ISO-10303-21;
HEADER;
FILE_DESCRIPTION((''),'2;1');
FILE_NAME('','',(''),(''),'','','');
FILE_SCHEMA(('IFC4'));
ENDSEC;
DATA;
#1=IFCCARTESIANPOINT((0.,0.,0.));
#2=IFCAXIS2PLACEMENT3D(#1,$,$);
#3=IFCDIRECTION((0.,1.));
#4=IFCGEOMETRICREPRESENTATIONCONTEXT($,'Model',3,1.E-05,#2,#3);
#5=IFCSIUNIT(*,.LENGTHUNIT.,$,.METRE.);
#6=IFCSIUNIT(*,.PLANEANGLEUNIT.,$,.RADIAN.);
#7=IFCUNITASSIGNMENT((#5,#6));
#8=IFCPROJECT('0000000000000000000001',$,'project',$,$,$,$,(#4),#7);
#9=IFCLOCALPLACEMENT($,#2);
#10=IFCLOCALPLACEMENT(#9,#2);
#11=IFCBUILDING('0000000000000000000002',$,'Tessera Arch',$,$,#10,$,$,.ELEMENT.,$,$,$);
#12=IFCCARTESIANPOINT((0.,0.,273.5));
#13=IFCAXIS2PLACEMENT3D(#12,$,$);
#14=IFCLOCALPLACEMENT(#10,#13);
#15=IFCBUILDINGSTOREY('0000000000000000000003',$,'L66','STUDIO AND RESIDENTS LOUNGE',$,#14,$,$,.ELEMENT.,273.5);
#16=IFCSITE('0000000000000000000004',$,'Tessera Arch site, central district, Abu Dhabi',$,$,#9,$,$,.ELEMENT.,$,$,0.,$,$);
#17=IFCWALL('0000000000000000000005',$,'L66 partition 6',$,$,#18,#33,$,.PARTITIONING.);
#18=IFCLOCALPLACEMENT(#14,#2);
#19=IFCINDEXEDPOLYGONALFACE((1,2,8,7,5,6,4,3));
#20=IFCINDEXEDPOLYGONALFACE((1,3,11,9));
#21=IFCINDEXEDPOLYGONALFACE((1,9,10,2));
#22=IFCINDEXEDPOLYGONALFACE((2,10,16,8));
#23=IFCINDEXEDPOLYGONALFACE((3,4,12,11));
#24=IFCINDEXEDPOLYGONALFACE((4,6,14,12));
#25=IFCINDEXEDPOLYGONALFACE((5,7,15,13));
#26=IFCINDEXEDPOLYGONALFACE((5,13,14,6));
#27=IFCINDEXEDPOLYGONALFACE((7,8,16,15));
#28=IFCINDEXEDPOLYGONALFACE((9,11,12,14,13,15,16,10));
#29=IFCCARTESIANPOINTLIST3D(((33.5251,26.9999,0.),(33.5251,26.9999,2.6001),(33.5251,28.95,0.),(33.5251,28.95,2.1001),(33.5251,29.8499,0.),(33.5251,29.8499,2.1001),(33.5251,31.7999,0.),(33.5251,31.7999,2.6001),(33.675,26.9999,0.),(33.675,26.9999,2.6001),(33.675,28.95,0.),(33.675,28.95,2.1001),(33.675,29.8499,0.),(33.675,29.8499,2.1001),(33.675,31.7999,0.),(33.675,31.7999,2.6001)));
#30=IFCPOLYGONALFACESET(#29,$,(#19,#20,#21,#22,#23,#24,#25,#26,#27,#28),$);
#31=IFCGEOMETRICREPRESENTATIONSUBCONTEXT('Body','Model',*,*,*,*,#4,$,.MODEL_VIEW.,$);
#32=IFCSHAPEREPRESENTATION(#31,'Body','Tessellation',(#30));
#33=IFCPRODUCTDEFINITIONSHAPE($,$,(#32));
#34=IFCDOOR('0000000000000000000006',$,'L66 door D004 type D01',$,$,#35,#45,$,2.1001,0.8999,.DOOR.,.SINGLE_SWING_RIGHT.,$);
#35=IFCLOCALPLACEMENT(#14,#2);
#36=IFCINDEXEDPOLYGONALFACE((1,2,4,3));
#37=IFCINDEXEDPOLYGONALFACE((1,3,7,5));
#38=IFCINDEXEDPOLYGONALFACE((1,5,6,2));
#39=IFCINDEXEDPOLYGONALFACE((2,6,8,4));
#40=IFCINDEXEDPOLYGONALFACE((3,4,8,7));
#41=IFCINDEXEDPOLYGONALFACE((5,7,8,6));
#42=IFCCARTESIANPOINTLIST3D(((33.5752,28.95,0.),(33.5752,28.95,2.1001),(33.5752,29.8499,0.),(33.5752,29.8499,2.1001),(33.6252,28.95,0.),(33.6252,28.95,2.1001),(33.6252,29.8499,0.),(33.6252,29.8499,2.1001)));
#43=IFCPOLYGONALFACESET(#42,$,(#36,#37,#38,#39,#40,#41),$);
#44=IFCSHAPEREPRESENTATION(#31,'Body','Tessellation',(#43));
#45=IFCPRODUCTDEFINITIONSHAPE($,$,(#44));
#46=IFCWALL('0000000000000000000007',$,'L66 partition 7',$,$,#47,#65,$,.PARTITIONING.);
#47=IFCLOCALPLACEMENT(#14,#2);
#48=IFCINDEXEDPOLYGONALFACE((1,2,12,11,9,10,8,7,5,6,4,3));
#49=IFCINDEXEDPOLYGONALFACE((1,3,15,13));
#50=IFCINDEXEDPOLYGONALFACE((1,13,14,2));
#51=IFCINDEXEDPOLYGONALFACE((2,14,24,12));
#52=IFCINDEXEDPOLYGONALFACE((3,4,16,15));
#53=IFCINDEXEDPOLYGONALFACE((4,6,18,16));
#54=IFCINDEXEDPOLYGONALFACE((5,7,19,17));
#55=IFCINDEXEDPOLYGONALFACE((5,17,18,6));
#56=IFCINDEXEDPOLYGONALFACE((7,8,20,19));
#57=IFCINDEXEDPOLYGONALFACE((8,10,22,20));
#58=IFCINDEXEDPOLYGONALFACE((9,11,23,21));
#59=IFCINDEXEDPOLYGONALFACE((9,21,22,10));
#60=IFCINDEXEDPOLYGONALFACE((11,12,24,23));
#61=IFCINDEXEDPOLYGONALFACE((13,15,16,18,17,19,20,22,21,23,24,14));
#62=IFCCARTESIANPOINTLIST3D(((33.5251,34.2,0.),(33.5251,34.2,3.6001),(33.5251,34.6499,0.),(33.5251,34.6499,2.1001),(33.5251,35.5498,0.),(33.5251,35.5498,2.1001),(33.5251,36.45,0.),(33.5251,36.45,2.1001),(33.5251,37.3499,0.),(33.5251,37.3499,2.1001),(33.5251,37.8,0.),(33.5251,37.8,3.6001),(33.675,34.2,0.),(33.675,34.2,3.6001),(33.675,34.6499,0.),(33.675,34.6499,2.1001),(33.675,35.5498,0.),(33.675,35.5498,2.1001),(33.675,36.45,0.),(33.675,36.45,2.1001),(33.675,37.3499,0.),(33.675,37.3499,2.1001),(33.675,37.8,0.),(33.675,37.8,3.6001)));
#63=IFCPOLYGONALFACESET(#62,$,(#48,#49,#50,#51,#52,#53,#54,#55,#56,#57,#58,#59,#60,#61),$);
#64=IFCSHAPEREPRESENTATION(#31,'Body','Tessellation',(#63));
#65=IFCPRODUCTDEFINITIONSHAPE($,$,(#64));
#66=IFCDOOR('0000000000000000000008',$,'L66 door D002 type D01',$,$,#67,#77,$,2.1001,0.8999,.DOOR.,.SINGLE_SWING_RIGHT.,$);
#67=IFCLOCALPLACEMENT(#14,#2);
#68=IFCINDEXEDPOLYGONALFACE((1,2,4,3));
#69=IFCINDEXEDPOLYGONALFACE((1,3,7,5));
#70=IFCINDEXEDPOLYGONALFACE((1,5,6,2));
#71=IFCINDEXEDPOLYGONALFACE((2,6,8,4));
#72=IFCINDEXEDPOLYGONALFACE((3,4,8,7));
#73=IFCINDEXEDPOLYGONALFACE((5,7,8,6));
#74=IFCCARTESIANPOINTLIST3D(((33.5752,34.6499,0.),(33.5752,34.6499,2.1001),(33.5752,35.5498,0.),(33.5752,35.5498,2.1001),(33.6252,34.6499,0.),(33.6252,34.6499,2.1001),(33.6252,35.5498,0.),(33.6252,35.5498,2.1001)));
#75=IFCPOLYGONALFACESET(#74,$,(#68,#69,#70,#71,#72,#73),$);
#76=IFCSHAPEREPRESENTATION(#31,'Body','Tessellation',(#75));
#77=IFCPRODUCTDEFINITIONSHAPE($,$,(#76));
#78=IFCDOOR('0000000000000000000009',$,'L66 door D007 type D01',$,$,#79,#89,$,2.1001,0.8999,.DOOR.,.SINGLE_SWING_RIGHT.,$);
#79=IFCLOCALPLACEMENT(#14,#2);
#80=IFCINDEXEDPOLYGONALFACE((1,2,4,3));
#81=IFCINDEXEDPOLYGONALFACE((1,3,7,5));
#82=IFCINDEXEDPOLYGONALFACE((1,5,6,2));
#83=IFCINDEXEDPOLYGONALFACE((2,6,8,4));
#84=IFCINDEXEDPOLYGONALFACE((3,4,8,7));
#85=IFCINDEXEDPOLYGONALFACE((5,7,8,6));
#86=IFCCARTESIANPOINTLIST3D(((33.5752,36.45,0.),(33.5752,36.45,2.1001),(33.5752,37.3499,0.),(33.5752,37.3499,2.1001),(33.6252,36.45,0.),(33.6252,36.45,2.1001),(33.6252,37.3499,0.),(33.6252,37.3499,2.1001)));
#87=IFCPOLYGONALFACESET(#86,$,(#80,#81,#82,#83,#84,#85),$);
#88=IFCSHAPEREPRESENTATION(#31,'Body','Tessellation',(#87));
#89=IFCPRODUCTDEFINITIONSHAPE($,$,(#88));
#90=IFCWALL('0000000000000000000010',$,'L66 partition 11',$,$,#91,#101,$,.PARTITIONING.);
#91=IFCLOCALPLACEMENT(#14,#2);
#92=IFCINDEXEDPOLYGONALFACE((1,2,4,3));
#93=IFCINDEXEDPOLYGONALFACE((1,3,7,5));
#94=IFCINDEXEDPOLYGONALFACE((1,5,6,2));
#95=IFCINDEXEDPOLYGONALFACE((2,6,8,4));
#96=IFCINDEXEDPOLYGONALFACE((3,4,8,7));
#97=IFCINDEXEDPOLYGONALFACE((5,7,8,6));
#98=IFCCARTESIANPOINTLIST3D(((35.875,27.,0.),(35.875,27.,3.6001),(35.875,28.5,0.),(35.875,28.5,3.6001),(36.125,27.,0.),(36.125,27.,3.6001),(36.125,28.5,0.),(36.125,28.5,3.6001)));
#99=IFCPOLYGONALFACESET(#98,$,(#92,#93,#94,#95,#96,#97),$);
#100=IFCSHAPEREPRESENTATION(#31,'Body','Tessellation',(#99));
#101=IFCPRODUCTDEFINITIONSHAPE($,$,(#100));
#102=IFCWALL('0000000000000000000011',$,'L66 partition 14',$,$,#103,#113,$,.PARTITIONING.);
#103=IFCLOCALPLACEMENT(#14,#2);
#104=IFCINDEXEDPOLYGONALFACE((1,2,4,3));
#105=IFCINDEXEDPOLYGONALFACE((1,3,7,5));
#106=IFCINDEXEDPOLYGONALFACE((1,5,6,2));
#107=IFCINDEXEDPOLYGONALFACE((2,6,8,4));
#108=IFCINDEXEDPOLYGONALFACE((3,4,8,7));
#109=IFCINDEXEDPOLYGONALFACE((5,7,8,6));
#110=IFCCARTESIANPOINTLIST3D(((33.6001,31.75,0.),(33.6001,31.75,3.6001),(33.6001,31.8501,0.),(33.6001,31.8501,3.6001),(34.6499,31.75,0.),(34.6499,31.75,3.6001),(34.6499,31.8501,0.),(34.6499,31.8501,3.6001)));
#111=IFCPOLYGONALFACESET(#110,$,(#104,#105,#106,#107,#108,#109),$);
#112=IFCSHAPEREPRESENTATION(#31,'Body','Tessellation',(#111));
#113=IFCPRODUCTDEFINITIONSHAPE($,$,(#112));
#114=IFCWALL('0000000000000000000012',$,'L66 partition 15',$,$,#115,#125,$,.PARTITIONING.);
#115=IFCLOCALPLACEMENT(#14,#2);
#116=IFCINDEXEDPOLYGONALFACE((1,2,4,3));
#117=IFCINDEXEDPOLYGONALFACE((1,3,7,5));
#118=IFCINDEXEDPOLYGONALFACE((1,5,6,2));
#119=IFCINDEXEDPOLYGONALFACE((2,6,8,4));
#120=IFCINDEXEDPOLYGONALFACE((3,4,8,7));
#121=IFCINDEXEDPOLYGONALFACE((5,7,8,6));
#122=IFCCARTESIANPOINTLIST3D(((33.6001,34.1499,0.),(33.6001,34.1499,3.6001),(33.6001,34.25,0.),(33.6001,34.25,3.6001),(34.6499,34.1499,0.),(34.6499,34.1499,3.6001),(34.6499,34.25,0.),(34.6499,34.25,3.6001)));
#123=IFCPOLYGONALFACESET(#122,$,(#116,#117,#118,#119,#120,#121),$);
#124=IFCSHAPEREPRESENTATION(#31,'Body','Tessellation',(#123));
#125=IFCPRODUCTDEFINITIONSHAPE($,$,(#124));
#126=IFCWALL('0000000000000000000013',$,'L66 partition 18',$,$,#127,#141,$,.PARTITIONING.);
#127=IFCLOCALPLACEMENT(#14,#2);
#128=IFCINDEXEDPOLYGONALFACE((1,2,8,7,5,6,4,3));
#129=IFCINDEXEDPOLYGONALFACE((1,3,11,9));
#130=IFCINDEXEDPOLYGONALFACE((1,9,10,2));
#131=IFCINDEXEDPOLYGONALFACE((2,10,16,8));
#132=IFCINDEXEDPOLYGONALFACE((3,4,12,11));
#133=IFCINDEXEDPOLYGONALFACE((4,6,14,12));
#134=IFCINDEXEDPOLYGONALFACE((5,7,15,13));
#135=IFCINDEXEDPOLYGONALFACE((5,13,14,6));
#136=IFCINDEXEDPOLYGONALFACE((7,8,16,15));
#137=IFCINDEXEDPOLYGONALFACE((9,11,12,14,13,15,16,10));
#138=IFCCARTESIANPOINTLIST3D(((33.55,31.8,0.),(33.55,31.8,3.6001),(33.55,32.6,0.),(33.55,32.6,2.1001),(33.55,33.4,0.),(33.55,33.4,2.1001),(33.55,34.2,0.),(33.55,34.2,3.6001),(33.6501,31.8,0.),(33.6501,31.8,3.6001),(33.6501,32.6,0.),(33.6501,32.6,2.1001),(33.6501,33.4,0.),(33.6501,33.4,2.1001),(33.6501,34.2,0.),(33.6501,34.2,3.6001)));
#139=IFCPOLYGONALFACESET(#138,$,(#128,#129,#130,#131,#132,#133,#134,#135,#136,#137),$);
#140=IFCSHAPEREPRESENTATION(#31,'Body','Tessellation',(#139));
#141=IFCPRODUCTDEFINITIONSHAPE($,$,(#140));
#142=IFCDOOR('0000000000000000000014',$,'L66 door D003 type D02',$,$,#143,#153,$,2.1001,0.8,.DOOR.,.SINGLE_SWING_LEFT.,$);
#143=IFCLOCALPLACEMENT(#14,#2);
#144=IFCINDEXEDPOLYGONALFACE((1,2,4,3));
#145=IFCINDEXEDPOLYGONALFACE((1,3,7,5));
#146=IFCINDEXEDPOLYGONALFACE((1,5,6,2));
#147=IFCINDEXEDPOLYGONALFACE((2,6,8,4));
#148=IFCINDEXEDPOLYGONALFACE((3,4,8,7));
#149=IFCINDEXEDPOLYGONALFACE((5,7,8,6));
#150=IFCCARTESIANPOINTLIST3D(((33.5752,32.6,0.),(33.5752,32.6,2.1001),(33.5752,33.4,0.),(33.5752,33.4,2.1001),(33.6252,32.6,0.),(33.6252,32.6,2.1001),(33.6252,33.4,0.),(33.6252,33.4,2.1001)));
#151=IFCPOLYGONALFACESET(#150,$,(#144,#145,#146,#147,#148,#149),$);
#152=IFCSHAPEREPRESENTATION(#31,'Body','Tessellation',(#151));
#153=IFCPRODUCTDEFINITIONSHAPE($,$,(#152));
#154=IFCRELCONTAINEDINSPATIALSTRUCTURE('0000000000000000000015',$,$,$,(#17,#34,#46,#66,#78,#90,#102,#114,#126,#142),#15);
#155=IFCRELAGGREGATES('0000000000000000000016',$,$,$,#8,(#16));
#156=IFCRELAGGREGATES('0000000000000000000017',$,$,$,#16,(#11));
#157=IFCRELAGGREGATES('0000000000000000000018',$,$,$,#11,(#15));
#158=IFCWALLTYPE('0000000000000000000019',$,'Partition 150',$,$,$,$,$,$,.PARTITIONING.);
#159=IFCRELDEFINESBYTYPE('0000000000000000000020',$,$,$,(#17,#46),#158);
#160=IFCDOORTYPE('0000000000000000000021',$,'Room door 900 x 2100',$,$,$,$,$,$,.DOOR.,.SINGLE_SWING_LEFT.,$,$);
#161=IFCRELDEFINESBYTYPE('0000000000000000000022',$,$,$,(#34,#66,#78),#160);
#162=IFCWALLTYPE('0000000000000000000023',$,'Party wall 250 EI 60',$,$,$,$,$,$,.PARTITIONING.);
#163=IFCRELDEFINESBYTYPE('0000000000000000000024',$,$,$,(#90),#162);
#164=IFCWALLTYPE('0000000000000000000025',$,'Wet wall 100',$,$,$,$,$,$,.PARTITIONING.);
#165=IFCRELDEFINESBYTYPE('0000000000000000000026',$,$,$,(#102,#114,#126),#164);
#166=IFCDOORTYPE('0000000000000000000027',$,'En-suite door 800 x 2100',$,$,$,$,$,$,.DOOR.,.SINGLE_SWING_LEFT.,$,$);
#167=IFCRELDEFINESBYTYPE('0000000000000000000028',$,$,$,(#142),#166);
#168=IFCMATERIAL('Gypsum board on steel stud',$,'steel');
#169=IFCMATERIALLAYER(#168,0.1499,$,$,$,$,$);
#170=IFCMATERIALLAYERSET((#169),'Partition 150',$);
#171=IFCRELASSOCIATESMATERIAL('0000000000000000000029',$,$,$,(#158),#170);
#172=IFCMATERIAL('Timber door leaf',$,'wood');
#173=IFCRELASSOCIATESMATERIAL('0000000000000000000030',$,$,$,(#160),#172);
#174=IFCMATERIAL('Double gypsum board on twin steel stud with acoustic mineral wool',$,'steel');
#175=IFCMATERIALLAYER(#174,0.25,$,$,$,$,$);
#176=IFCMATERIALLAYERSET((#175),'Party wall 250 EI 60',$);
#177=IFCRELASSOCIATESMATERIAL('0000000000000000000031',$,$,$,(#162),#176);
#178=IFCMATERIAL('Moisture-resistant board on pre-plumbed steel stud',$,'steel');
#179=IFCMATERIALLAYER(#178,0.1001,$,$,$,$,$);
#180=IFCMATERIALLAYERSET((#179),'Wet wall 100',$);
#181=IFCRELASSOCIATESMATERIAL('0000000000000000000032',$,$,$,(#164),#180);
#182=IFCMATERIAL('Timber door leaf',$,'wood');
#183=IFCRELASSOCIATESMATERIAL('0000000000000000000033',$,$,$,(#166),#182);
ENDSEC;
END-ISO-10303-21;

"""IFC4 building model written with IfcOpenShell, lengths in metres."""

from ifc_helpers import new_model, si_unit, direction, frame, frame_2d, origin, place, context, subcontext, project, spatial, rectangle, extrude, material, layer, layer_set, type_object, element, fill, save


model = new_model("IFC4")

# Units and contexts
model_context = context("Model", 3, precision=1e-05, world=origin(), true_north=direction((0.0, 1.0)))
body_context = subcontext(model_context, "Body", "Model", "MODEL_VIEW")
ifc_project = project(units=[si_unit("LENGTHUNIT", "METRE"), si_unit("PLANEANGLEUNIT", "RADIAN")], contexts=[model_context])

# Site, building, storey
site_placement = place(None, origin())
site = spatial("IfcSite", under=ifc_project, at=site_placement, Name="Tessera Arch site, central district, Abu Dhabi", CompositionType="ELEMENT", RefElevation=0.0)
building_placement = place(site_placement, origin())
building = spatial("IfcBuilding", under=site, at=building_placement, Name="Tessera Arch", CompositionType="ELEMENT")
storey_placement = place(building_placement, frame((0.0, 0.0, 273.5)))
storey = spatial("IfcBuildingStorey", under=building, at=storey_placement, Name="L66", Description="STUDIO AND RESIDENTS LOUNGE", CompositionType="ELEMENT", Elevation=273.5)

# Wall, opening, door
ifc_material_1 = material(Name="Gypsum board on steel stud", Category="steel")
ifc_layer_1 = layer(ifc_material_1, 0.1499)
ifc_layer_set_1 = layer_set([ifc_layer_1], Name="Partition 150")
wall_type_1 = type_object("IfcWallType", Name="Partition 150", PredefinedType="PARTITIONING", material=ifc_layer_set_1)
wall_1_placement = place(storey_placement, frame((33.6001, 27.0, 0.0), z_axis=(0.0, 0.0, 1.0), x_axis=(0.0, 1.0, 0.0)))
wall_1 = element("IfcWall", 1, at=wall_1_placement, inside=storey, type_object=wall_type_1, Name="L66 partition 6", PredefinedType="PARTITIONING", context=body_context, shape_type="SweptSolid", body=[
    extrude(rectangle(XDim=4.8, YDim=0.1499, at=frame_2d((2.3999, 0.0))), origin(), (0.0, 0.0, 1.0), 2.6001),
])
opening_1_placement = place(wall_1_placement, frame((1.95, 0.0, 0.0)))
opening_1 = element("IfcOpeningElement", 2, at=opening_1_placement, cuts=wall_1, PredefinedType="OPENING", context=body_context, shape_type="SweptSolid", body=[
    extrude(rectangle(XDim=0.8999, YDim=2.1001, at=frame_2d((0.45, 1.05))), frame((0.0, 0.085, 0.0), z_axis=(0.0, -1.0, 0.0), x_axis=(1.0, 0.0, 0.0)), (0.0, 0.0, 1.0), 0.1699),
])
ifc_material_2 = material(Name="Timber door leaf", Category="wood")
door_type_1 = type_object("IfcDoorType", Name="Room door 900 x 2100", OperationType="SINGLE_SWING_LEFT", PredefinedType="DOOR", material=ifc_material_2)
door_1_placement = place(opening_1_placement, origin())
door_1 = element("IfcDoor", 3, at=door_1_placement, inside=storey, type_object=door_type_1, Name="L66 door D004 type D01", OperationType="SINGLE_SWING_RIGHT", OverallHeight=2.1001, OverallWidth=0.8999, PredefinedType="DOOR", context=body_context, shape_type="SweptSolid", body=[
    extrude(rectangle(XDim=0.8999, YDim=2.1001, at=frame_2d((0.45, 1.05))), frame((0.0, 0.0249, 0.0), z_axis=(0.0, -1.0, 0.0), x_axis=(1.0, 0.0, 0.0)), (0.0, 0.0, 1.0), 0.05),
])
fill(opening_1, door_1)

# Wall, openings, doors
wall_2_placement = place(storey_placement, frame((33.6001, 34.2, 0.0), z_axis=(0.0, 0.0, 1.0), x_axis=(0.0, 1.0, 0.0)))
wall_2 = element("IfcWall", 4, at=wall_2_placement, inside=storey, type_object=wall_type_1, Name="L66 partition 7", PredefinedType="PARTITIONING", context=body_context, shape_type="SweptSolid", body=[
    extrude(rectangle(XDim=3.6001, YDim=0.1499, at=frame_2d((1.8, 0.0))), origin(), (0.0, 0.0, 1.0), 3.6001),
])
opening_2_placement = place(wall_2_placement, frame((0.45, 0.0, 0.0)))
opening_2 = element("IfcOpeningElement", 5, at=opening_2_placement, cuts=wall_2, PredefinedType="OPENING", context=body_context, shape_type="SweptSolid", body=[
    extrude(rectangle(XDim=0.8999, YDim=2.1001, at=frame_2d((0.45, 1.05))), frame((0.0, 0.085, 0.0), z_axis=(0.0, -1.0, 0.0), x_axis=(1.0, 0.0, 0.0)), (0.0, 0.0, 1.0), 0.1699),
])
opening_3_placement = place(wall_2_placement, frame((2.25, 0.0, 0.0)))
opening_3 = element("IfcOpeningElement", 6, at=opening_3_placement, cuts=wall_2, PredefinedType="OPENING", context=body_context, shape_type="SweptSolid", body=[
    extrude(rectangle(XDim=0.8999, YDim=2.1001, at=frame_2d((0.45, 1.05))), frame((0.0, 0.085, 0.0), z_axis=(0.0, -1.0, 0.0), x_axis=(1.0, 0.0, 0.0)), (0.0, 0.0, 1.0), 0.1699),
])
door_2_placement = place(opening_2_placement, origin())
door_2 = element("IfcDoor", 7, at=door_2_placement, inside=storey, type_object=door_type_1, Name="L66 door D002 type D01", OperationType="SINGLE_SWING_RIGHT", OverallHeight=2.1001, OverallWidth=0.8999, PredefinedType="DOOR", context=body_context, shape_type="SweptSolid", body=[
    extrude(rectangle(XDim=0.8999, YDim=2.1001, at=frame_2d((0.45, 1.05))), frame((0.0, 0.0249, 0.0), z_axis=(0.0, -1.0, 0.0), x_axis=(1.0, 0.0, 0.0)), (0.0, 0.0, 1.0), 0.05),
])
fill(opening_2, door_2)
door_3_placement = place(opening_3_placement, origin())
door_3 = element("IfcDoor", 8, at=door_3_placement, inside=storey, type_object=door_type_1, Name="L66 door D007 type D01", OperationType="SINGLE_SWING_RIGHT", OverallHeight=2.1001, OverallWidth=0.8999, PredefinedType="DOOR", context=body_context, shape_type="SweptSolid", body=[
    extrude(rectangle(XDim=0.8999, YDim=2.1001, at=frame_2d((0.45, 1.05))), frame((0.0, 0.0249, 0.0), z_axis=(0.0, -1.0, 0.0), x_axis=(1.0, 0.0, 0.0)), (0.0, 0.0, 1.0), 0.05),
])
fill(opening_3, door_3)

# Walls
ifc_material_3 = material(Name="Double gypsum board on twin steel stud with acoustic mineral wool", Category="steel")
ifc_layer_2 = layer(ifc_material_3, 0.25)
ifc_layer_set_2 = layer_set([ifc_layer_2], Name="Party wall 250 EI 60")
wall_type_2 = type_object("IfcWallType", Name="Party wall 250 EI 60", PredefinedType="PARTITIONING", material=ifc_layer_set_2)
wall_3_placement = place(storey_placement, frame((36.0, 27.0, 0.0), z_axis=(0.0, 0.0, 1.0), x_axis=(0.0, 1.0, 0.0)))
element("IfcWall", 9, at=wall_3_placement, inside=storey, type_object=wall_type_2, Name="L66 partition 11", PredefinedType="PARTITIONING", context=body_context, shape_type="SweptSolid", body=[
    extrude(rectangle(XDim=1.5, YDim=0.25, at=frame_2d((0.75, 0.0))), origin(), (0.0, 0.0, 1.0), 3.6001),
])
ifc_material_4 = material(Name="Moisture-resistant board on pre-plumbed steel stud", Category="steel")
ifc_layer_3 = layer(ifc_material_4, 0.1001)
ifc_layer_set_3 = layer_set([ifc_layer_3], Name="Wet wall 100")
wall_type_3 = type_object("IfcWallType", Name="Wet wall 100", PredefinedType="PARTITIONING", material=ifc_layer_set_3)
for number, where, z_axis, x_axis, name in (
    (10, (33.6001, 31.8, 0.0), (0.0, 0.0, 1.0), (1.0, 0.0, 0.0), "L66 partition 14"),
    (11, (33.6001, 34.2, 0.0), (0.0, 0.0, 1.0), (1.0, 0.0, 0.0), "L66 partition 15"),
):
    element("IfcWall", number, at=place(storey_placement, frame(where, z_axis=z_axis, x_axis=x_axis)), inside=storey, type_object=wall_type_3, Name=name, PredefinedType="PARTITIONING", context=body_context, shape_type="SweptSolid", body=[
        extrude(rectangle(XDim=1.0498, YDim=0.1001, at=frame_2d((0.5249, 0.0))), origin(), (0.0, 0.0, 1.0), 3.6001),
    ])

# Wall, opening, door
wall_4_placement = place(storey_placement, frame((33.6001, 31.8, 0.0), z_axis=(0.0, 0.0, 1.0), x_axis=(0.0, 1.0, 0.0)))
wall_4 = element("IfcWall", 12, at=wall_4_placement, inside=storey, type_object=wall_type_3, Name="L66 partition 18", PredefinedType="PARTITIONING", context=body_context, shape_type="SweptSolid", body=[
    extrude(rectangle(XDim=2.3999, YDim=0.1001, at=frame_2d((1.2, 0.0))), origin(), (0.0, 0.0, 1.0), 3.6001),
])
opening_4_placement = place(wall_4_placement, frame((0.8, 0.0, 0.0)))
opening_4 = element("IfcOpeningElement", 13, at=opening_4_placement, cuts=wall_4, PredefinedType="OPENING", context=body_context, shape_type="SweptSolid", body=[
    extrude(rectangle(XDim=0.8, YDim=2.1001, at=frame_2d((0.3999, 1.05))), frame((0.0, 0.0601, 0.0), z_axis=(0.0, -1.0, 0.0), x_axis=(1.0, 0.0, 0.0)), (0.0, 0.0, 1.0), 0.1201),
])
ifc_material_5 = material(Name="Timber door leaf", Category="wood")
door_type_2 = type_object("IfcDoorType", Name="En-suite door 800 x 2100", OperationType="SINGLE_SWING_LEFT", PredefinedType="DOOR", material=ifc_material_5)
door_4_placement = place(opening_4_placement, origin())
door_4 = element("IfcDoor", 14, at=door_4_placement, inside=storey, type_object=door_type_2, Name="L66 door D003 type D02", OperationType="SINGLE_SWING_LEFT", OverallHeight=2.1001, OverallWidth=0.8, PredefinedType="DOOR", context=body_context, shape_type="SweptSolid", body=[
    extrude(rectangle(XDim=0.8, YDim=2.1001, at=frame_2d((0.3999, 1.05))), frame((0.0, 0.0249, 0.0), z_axis=(0.0, -1.0, 0.0), x_axis=(1.0, 0.0, 0.0)), (0.0, 0.0, 1.0), 0.05),
])
fill(opening_4, door_4)

save(model, "model.ifc")
